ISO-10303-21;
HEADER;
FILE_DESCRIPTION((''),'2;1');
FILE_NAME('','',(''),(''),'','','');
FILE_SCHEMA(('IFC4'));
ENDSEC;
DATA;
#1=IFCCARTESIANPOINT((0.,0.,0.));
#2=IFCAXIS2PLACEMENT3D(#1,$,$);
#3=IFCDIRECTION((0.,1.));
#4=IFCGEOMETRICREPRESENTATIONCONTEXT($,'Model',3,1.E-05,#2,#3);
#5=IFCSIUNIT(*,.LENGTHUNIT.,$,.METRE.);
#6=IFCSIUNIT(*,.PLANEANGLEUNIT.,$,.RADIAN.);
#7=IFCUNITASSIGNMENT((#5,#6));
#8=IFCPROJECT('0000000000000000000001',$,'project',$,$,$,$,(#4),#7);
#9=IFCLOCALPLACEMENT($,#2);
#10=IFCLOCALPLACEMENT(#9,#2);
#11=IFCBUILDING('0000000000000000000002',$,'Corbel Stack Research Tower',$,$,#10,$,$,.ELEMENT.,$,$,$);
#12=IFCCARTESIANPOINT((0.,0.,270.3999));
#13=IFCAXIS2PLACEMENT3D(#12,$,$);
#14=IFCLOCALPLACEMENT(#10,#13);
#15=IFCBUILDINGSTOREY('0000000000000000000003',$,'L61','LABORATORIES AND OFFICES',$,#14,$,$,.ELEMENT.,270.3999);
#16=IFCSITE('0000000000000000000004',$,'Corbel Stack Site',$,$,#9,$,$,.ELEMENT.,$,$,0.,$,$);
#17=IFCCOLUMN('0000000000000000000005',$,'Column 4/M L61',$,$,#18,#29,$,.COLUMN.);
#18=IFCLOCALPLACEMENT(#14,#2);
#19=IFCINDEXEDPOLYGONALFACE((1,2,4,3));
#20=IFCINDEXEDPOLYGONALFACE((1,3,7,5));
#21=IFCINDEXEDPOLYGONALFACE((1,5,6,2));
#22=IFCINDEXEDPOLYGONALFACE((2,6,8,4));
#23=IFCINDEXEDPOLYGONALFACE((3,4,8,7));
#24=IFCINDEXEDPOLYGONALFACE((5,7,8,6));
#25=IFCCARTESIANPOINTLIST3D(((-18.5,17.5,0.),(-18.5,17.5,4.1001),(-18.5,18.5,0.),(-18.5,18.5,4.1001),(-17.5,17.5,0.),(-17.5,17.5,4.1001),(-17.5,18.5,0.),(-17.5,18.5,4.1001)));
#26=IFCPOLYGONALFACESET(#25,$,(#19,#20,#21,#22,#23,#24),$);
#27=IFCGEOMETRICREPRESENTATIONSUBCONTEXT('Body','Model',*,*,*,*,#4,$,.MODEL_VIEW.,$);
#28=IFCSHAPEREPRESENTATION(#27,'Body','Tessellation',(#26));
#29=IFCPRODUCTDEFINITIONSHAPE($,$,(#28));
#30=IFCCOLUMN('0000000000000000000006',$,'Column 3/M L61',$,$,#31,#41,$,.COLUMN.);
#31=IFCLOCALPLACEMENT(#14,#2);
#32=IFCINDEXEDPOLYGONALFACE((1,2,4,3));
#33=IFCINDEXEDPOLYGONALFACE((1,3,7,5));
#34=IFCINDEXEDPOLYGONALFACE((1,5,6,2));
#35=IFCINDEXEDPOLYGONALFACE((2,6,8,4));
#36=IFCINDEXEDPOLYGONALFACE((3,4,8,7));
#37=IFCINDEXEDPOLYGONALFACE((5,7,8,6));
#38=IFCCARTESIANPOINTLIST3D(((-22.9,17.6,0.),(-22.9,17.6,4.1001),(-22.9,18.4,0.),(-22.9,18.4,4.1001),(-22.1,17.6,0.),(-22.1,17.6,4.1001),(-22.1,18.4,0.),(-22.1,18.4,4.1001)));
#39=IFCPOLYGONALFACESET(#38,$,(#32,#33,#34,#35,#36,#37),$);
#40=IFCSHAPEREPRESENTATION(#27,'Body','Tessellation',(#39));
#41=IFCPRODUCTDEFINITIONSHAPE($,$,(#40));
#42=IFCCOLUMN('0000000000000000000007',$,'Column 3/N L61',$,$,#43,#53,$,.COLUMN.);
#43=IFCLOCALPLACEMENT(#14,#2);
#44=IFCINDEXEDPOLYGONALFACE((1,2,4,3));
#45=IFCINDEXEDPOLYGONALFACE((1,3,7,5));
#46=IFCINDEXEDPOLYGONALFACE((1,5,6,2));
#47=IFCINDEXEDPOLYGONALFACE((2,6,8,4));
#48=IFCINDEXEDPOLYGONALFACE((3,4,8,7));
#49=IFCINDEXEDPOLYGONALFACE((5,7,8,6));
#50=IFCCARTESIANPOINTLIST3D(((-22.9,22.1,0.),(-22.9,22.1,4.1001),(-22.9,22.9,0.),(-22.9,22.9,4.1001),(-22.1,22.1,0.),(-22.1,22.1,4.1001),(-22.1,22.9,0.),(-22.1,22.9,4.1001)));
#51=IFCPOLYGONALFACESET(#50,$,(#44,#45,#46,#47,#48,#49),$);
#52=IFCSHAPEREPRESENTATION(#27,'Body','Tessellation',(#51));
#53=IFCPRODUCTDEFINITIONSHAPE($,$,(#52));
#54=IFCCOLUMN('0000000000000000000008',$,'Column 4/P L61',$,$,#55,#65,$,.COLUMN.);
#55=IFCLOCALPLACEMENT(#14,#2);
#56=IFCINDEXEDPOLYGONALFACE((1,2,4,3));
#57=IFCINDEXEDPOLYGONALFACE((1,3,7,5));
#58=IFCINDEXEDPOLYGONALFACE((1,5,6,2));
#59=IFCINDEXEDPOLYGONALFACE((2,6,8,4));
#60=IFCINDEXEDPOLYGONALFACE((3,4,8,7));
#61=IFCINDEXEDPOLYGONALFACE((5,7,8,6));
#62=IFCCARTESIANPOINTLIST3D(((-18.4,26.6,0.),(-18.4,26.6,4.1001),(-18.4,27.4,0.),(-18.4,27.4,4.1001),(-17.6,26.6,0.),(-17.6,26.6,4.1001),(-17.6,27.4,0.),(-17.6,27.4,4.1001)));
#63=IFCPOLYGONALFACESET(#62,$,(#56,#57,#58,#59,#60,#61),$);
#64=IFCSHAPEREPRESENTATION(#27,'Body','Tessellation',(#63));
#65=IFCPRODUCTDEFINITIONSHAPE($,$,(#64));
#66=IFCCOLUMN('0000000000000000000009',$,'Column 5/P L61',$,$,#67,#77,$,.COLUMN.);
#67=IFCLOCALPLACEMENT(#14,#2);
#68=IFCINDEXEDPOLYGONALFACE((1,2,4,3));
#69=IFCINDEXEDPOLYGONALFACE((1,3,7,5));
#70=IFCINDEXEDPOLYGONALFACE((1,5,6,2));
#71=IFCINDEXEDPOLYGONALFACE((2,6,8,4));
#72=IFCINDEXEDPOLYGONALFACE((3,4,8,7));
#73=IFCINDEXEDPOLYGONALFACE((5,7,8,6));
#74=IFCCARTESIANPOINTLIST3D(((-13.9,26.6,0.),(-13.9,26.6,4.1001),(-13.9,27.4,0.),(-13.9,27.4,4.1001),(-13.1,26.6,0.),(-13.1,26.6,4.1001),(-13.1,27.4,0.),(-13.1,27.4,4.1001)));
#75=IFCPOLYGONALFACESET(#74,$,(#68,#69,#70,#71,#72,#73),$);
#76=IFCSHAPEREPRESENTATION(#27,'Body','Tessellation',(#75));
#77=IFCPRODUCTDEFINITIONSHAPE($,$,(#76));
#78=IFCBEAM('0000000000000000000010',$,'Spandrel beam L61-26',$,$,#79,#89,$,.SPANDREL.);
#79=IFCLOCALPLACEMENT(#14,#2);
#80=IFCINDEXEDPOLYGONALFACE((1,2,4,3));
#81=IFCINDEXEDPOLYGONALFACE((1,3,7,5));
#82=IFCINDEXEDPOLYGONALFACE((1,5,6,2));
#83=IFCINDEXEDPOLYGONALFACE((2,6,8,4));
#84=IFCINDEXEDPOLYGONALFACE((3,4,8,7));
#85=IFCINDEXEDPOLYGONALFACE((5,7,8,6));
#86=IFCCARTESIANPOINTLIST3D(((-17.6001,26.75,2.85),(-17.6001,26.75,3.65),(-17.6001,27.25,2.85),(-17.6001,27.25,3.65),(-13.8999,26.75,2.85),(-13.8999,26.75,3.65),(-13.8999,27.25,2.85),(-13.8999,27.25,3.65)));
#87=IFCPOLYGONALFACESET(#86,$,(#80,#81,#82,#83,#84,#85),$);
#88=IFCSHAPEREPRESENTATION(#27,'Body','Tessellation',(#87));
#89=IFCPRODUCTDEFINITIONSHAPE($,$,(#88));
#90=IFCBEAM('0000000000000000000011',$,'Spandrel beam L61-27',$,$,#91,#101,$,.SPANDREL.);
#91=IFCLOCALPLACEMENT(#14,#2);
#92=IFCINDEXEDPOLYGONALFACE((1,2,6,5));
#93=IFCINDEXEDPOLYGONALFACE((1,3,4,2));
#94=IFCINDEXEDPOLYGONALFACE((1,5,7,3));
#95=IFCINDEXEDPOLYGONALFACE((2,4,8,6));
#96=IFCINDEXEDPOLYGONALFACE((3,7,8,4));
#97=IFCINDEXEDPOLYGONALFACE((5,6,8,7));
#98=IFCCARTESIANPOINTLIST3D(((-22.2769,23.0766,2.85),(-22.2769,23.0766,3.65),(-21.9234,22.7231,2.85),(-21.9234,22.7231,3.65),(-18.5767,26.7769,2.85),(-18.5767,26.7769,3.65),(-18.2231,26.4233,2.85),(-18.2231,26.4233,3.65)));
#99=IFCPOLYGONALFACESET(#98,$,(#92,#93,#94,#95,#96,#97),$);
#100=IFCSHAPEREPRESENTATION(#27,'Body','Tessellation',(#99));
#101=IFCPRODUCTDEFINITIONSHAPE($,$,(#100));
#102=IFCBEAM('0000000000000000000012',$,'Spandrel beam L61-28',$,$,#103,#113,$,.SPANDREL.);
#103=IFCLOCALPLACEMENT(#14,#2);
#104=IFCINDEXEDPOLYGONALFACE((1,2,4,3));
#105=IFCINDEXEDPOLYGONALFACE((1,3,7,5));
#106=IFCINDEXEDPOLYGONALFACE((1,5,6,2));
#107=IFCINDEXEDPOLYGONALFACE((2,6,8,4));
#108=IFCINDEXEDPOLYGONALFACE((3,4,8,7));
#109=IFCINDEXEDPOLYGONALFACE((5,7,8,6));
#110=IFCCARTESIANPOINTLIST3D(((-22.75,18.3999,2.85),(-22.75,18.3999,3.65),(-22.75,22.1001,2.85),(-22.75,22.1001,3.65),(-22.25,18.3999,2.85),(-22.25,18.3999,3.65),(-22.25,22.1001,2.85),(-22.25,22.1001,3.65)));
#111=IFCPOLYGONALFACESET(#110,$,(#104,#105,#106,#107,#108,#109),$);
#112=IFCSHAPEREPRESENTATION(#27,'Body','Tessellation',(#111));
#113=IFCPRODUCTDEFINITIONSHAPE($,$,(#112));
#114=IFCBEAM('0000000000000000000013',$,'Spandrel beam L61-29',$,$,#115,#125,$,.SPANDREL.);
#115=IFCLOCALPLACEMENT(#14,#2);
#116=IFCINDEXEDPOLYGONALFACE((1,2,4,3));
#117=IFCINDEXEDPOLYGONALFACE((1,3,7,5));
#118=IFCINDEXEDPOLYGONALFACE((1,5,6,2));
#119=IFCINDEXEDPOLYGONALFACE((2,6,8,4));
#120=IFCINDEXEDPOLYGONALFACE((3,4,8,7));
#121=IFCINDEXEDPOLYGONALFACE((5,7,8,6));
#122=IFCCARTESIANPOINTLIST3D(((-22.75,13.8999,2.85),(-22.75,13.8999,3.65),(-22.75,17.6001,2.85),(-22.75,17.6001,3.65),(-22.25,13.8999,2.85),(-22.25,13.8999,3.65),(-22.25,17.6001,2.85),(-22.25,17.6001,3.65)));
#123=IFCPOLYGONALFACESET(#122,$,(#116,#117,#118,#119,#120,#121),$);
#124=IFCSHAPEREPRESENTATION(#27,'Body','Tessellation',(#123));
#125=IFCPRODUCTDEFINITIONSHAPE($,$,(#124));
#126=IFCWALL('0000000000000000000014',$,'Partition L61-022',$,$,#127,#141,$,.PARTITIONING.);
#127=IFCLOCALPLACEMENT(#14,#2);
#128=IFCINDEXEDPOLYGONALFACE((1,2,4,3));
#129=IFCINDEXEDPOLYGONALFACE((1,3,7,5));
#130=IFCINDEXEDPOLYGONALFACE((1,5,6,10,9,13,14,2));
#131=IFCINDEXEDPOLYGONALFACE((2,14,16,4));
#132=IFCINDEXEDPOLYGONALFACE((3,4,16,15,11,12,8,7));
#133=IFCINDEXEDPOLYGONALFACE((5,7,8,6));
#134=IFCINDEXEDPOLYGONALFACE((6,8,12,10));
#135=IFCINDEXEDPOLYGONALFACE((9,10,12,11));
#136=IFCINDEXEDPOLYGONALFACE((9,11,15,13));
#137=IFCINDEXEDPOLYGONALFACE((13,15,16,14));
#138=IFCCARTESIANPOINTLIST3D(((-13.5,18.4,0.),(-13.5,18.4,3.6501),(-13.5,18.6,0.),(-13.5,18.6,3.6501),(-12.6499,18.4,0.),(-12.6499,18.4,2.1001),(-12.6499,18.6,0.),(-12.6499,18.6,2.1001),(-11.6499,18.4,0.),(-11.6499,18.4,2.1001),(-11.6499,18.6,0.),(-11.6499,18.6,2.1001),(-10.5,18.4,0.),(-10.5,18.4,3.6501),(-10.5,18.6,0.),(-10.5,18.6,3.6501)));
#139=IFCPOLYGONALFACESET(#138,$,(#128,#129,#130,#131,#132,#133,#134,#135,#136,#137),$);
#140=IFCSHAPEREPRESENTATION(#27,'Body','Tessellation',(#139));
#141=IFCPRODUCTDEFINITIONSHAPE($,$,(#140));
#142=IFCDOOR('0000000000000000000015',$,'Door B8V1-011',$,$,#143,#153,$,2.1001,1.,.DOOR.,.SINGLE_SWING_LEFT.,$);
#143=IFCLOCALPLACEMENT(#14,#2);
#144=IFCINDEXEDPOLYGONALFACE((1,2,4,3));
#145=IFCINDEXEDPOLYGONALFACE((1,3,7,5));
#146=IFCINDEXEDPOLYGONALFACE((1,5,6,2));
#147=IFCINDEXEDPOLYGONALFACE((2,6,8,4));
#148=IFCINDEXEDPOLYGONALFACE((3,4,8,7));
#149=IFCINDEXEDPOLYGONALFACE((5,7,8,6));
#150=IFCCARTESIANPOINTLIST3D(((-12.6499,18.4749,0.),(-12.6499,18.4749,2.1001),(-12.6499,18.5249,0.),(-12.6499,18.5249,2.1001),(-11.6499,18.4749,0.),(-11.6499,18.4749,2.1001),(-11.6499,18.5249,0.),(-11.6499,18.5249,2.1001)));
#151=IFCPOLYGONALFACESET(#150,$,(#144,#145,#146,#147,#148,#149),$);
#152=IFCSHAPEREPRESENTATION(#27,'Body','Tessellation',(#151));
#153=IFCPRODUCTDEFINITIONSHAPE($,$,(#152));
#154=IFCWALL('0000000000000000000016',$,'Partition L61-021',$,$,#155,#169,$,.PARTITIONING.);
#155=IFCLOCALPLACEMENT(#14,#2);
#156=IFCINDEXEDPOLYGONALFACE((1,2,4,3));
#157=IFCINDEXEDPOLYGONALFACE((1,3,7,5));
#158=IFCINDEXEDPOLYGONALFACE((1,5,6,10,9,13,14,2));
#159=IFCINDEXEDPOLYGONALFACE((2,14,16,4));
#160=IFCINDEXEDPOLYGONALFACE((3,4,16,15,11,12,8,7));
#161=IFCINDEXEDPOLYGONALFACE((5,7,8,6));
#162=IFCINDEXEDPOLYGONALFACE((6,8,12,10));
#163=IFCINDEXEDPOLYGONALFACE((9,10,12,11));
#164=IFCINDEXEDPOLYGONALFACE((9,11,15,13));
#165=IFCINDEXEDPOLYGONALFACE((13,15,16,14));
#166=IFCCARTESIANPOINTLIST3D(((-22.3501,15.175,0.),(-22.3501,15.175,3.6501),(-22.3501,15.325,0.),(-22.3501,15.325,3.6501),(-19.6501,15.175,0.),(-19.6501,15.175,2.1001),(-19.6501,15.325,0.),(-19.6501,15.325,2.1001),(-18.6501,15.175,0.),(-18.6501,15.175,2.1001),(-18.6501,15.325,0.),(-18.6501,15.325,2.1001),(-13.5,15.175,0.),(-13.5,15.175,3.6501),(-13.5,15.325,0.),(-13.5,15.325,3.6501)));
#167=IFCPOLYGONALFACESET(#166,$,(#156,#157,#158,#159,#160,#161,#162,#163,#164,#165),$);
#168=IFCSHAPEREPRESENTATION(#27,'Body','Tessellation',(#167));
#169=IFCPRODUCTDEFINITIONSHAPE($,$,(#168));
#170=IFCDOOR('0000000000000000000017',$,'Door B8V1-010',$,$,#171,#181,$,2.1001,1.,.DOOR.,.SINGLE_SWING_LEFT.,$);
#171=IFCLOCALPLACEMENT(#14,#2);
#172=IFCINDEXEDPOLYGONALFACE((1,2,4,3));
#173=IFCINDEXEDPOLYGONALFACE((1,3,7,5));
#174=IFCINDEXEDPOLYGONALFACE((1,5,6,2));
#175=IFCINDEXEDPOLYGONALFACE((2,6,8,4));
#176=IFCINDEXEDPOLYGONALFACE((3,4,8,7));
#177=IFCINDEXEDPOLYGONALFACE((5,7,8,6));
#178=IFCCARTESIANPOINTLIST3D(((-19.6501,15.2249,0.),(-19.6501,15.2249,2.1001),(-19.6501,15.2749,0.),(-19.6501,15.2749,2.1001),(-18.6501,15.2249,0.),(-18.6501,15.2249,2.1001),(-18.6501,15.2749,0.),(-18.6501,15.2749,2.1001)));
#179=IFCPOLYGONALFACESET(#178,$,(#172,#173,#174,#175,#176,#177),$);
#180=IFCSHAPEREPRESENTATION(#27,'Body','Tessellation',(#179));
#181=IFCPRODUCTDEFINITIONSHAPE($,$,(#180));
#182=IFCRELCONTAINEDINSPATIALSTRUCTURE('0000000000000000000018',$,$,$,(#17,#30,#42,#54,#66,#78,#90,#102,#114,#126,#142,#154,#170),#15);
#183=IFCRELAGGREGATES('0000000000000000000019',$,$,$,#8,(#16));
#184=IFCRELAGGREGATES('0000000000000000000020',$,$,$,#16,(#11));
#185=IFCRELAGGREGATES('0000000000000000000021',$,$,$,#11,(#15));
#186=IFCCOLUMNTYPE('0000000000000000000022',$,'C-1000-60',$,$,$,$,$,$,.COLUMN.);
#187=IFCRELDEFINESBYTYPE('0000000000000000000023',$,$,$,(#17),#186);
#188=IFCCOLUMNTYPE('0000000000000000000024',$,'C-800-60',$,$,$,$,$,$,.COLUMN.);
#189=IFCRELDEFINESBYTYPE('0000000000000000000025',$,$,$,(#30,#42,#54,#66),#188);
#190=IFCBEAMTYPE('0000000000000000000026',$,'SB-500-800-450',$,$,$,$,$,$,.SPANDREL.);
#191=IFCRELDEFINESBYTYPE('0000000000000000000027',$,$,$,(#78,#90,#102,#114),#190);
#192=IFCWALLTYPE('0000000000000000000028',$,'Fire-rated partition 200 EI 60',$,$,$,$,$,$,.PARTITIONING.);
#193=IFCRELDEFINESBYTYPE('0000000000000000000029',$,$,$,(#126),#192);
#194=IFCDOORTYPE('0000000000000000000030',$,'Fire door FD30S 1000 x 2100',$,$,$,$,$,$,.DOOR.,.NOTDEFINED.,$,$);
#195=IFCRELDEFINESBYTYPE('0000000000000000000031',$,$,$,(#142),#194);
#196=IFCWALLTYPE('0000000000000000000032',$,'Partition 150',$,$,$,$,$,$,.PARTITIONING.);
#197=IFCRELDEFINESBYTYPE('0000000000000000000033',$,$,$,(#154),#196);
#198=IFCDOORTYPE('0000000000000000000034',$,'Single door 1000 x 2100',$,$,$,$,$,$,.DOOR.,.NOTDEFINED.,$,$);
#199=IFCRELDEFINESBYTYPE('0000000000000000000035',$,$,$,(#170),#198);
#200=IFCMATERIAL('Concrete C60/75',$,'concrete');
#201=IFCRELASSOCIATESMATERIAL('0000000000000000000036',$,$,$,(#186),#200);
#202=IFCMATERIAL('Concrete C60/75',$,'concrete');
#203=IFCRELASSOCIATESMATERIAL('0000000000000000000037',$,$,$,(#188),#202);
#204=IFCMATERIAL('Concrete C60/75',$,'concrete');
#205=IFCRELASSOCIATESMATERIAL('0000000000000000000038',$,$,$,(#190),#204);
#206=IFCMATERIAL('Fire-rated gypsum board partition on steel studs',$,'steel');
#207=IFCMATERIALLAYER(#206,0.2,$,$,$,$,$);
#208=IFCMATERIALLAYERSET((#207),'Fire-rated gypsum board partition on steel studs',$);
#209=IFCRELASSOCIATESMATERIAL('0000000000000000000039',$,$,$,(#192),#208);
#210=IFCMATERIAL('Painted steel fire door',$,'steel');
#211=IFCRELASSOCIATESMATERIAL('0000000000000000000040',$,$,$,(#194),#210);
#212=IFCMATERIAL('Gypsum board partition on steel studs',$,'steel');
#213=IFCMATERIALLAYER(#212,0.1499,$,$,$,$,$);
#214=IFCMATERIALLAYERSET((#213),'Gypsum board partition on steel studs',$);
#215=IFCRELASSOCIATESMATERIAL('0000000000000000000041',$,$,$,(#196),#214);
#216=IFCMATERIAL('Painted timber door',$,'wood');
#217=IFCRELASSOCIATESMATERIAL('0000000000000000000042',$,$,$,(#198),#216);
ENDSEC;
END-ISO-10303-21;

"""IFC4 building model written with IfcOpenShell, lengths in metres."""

from ifc_helpers import new_model, si_unit, direction, frame, frame_2d, origin, origin_2d, place, context, subcontext, project, spatial, rectangle, extrude, material, layer, layer_set, material_profile, profile_set, type_object, element, fill, save


model = new_model("IFC4")

# Units and contexts
model_context = context("Model", 3, precision=1e-05, world=origin(), true_north=direction((0.0, 1.0)))
body_context = subcontext(model_context, "Body", "Model", "MODEL_VIEW")
ifc_project = project(units=[si_unit("LENGTHUNIT", "METRE"), si_unit("PLANEANGLEUNIT", "RADIAN")], contexts=[model_context])

# Site, building, storey
site_placement = place(None, origin())
site = spatial("IfcSite", under=ifc_project, at=site_placement, Name="Corbel Stack Site", CompositionType="ELEMENT", RefElevation=0.0)
building_placement = place(site_placement, origin())
building = spatial("IfcBuilding", under=site, at=building_placement, Name="Corbel Stack Research Tower", CompositionType="ELEMENT")
storey_placement = place(building_placement, frame((0.0, 0.0, 270.3999)))
storey = spatial("IfcBuildingStorey", under=building, at=storey_placement, Name="L61", Description="LABORATORIES AND OFFICES", CompositionType="ELEMENT", Elevation=270.3999)

# Columns
ifc_material_1 = material(Name="Concrete C60/75", Category="concrete")
ifc_material_profile_1 = material_profile(ifc_material_1, rectangle(XDim=1.0, YDim=1.0, at=origin_2d()), Name="RC 1000 x 1000")
ifc_profile_set_1 = profile_set([ifc_material_profile_1], Name="Concrete C60/75")
column_type_1 = type_object("IfcColumnType", Name="C-1000-60", PredefinedType="COLUMN", material=ifc_profile_set_1)
column_placement = place(storey_placement, frame((-18.0, 18.0, 0.0), z_axis=(0.0, 0.0, 1.0), x_axis=(1.0, 0.0, 0.0)))
element("IfcColumn", 1, at=column_placement, inside=storey, type_object=column_type_1, Name="Column 4/M L61", PredefinedType="COLUMN", context=body_context, shape_type="SweptSolid", body=[
    extrude(rectangle(XDim=1.0, YDim=1.0, at=origin_2d()), origin(), (0.0, 0.0, 1.0), 4.1001),
])
ifc_material_2 = material(Name="Concrete C60/75", Category="concrete")
ifc_material_profile_2 = material_profile(ifc_material_2, rectangle(XDim=0.8, YDim=0.8, at=origin_2d()), Name="RC 800 x 800")
ifc_profile_set_2 = profile_set([ifc_material_profile_2], Name="Concrete C60/75")
column_type_2 = type_object("IfcColumnType", Name="C-800-60", PredefinedType="COLUMN", material=ifc_profile_set_2)
for number, where, z_axis, x_axis, name in (
    (2, (-22.5, 18.0, 0.0), (0.0, 0.0, 1.0), (1.0, 0.0, 0.0), "Column 3/M L61"),
    (3, (-22.5, 22.5, 0.0), (0.0, 0.0, 1.0), (1.0, 0.0, 0.0), "Column 3/N L61"),
    (4, (-18.0, 27.0, 0.0), (0.0, 0.0, 1.0), (1.0, 0.0, 0.0), "Column 4/P L61"),
    (5, (-13.5, 27.0, 0.0), (0.0, 0.0, 1.0), (1.0, 0.0, 0.0), "Column 5/P L61"),
):
    element("IfcColumn", number, at=place(storey_placement, frame(where, z_axis=z_axis, x_axis=x_axis)), inside=storey, type_object=column_type_2, Name=name, PredefinedType="COLUMN", context=body_context, shape_type="SweptSolid", body=[
        extrude(rectangle(XDim=0.8, YDim=0.8, at=origin_2d()), origin(), (0.0, 0.0, 1.0), 4.1001),
    ])

# Beams
ifc_material_3 = material(Name="Concrete C60/75", Category="concrete")
ifc_material_profile_3 = material_profile(ifc_material_3, rectangle(XDim=0.5, YDim=0.8, at=origin_2d()), Name="RC 500 x 800")
ifc_profile_set_3 = profile_set([ifc_material_profile_3], Name="Concrete C60/75")
beam_type = type_object("IfcBeamType", Name="SB-500-800-450", PredefinedType="SPANDREL", material=ifc_profile_set_3)
beam_1_placement = place(storey_placement, frame((-13.8999, 27.0, 3.25), z_axis=(-1.0, 0.0, 0.0), x_axis=(0.0, -1.0, 0.0)))
element("IfcBeam", 6, at=beam_1_placement, inside=storey, type_object=beam_type, Name="Spandrel beam L61-26", PredefinedType="SPANDREL", context=body_context, shape_type="SweptSolid", body=[
    extrude(rectangle(XDim=0.5, YDim=0.8, at=origin_2d()), origin(), (0.0, 0.0, 1.0), 3.7002),
])
beam_2_placement = place(storey_placement, frame((-18.3999, 26.6001, 3.25), z_axis=(-0.707107, -0.707107, 0.0), x_axis=(0.707107, -0.707107, 0.0)))
element("IfcBeam", 7, at=beam_2_placement, inside=storey, type_object=beam_type, Name="Spandrel beam L61-27", PredefinedType="SPANDREL", context=body_context, shape_type="SweptSolid", body=[
    extrude(rectangle(XDim=0.5, YDim=0.8, at=origin_2d()), origin(), (0.0, 0.0, 1.0), 5.2329),
])
for number, where, z_axis, x_axis, name in (
    (8, (-22.5, 22.1001, 3.25), (0.0, -1.0, 0.0), (1.0, 0.0, 0.0), "Spandrel beam L61-28"),
    (9, (-22.5, 17.6001, 3.25), (0.0, -1.0, 0.0), (1.0, 0.0, 0.0), "Spandrel beam L61-29"),
):
    element("IfcBeam", number, at=place(storey_placement, frame(where, z_axis=z_axis, x_axis=x_axis)), inside=storey, type_object=beam_type, Name=name, PredefinedType="SPANDREL", context=body_context, shape_type="SweptSolid", body=[
        extrude(rectangle(XDim=0.5, YDim=0.8, at=origin_2d()), origin(), (0.0, 0.0, 1.0), 3.7002),
    ])

# Walls, openings, doors
ifc_material_4 = material(Name="Fire-rated gypsum board partition on steel studs", Category="steel")
ifc_layer_1 = layer(ifc_material_4, 0.2)
ifc_layer_set_1 = layer_set([ifc_layer_1], Name="Fire-rated gypsum board partition on steel studs")
wall_type_1 = type_object("IfcWallType", Name="Fire-rated partition 200 EI 60", PredefinedType="PARTITIONING", material=ifc_layer_set_1)
wall_1_placement = place(storey_placement, frame((-13.5, 18.5, 0.0), z_axis=(0.0, 0.0, 1.0), x_axis=(1.0, 0.0, 0.0)))
wall_1 = element("IfcWall", 10, at=wall_1_placement, inside=storey, type_object=wall_type_1, Name="Partition L61-022", PredefinedType="PARTITIONING", context=body_context, shape_type="SweptSolid", body=[
    extrude(rectangle(XDim=3.0, YDim=0.2, at=frame_2d((1.5, 0.0))), origin(), (0.0, 0.0, 1.0), 3.6501),
])
opening_1_placement = place(wall_1_placement, frame((0.8501, 0.0, 0.0)))
opening_1 = element("IfcOpeningElement", 11, at=opening_1_placement, cuts=wall_1, PredefinedType="OPENING", context=body_context, shape_type="SweptSolid", body=[
    extrude(rectangle(XDim=1.0, YDim=2.1001, at=frame_2d((0.5, 1.05))), frame((0.0, 0.1099, 0.0), z_axis=(0.0, -1.0, 0.0), x_axis=(1.0, 0.0, 0.0)), (0.0, 0.0, 1.0), 0.22),
])
ifc_material_5 = material(Name="Painted steel fire door", Category="steel")
door_type_1 = type_object("IfcDoorType", Name="Fire door FD30S 1000 x 2100", OperationType="NOTDEFINED", PredefinedType="DOOR", material=ifc_material_5)
door_1_placement = place(opening_1_placement, origin())
door_1 = element("IfcDoor", 12, at=door_1_placement, inside=storey, type_object=door_type_1, Name="Door B8V1-011", OperationType="SINGLE_SWING_LEFT", OverallHeight=2.1001, OverallWidth=1.0, PredefinedType="DOOR", context=body_context, shape_type="SweptSolid", body=[
    extrude(rectangle(XDim=1.0, YDim=2.1001, at=frame_2d((0.5, 1.05))), frame((0.0, 0.0249, 0.0), z_axis=(0.0, -1.0, 0.0), x_axis=(1.0, 0.0, 0.0)), (0.0, 0.0, 1.0), 0.05),
])
fill(opening_1, door_1)
ifc_material_6 = material(Name="Gypsum board partition on steel studs", Category="steel")
ifc_layer_2 = layer(ifc_material_6, 0.1499)
ifc_layer_set_2 = layer_set([ifc_layer_2], Name="Gypsum board partition on steel studs")
wall_type_2 = type_object("IfcWallType", Name="Partition 150", PredefinedType="PARTITIONING", material=ifc_layer_set_2)
wall_2_placement = place(storey_placement, frame((-22.3501, 15.25, 0.0), z_axis=(0.0, 0.0, 1.0), x_axis=(1.0, 0.0, 0.0)))
wall_2 = element("IfcWall", 13, at=wall_2_placement, inside=storey, type_object=wall_type_2, Name="Partition L61-021", PredefinedType="PARTITIONING", context=body_context, shape_type="SweptSolid", body=[
    extrude(rectangle(XDim=8.8501, YDim=0.1499, at=frame_2d((4.425, 0.0))), origin(), (0.0, 0.0, 1.0), 3.6501),
])
opening_2_placement = place(wall_2_placement, frame((2.7, 0.0, 0.0)))
opening_2 = element("IfcOpeningElement", 14, at=opening_2_placement, cuts=wall_2, PredefinedType="OPENING", context=body_context, shape_type="SweptSolid", body=[
    extrude(rectangle(XDim=1.0, YDim=2.1001, at=frame_2d((0.5, 1.05))), frame((0.0, 0.085, 0.0), z_axis=(0.0, -1.0, 0.0), x_axis=(1.0, 0.0, 0.0)), (0.0, 0.0, 1.0), 0.1699),
])
ifc_material_7 = material(Name="Painted timber door", Category="wood")
door_type_2 = type_object("IfcDoorType", Name="Single door 1000 x 2100", OperationType="NOTDEFINED", PredefinedType="DOOR", material=ifc_material_7)
door_2_placement = place(opening_2_placement, origin())
door_2 = element("IfcDoor", 15, at=door_2_placement, inside=storey, type_object=door_type_2, Name="Door B8V1-010", OperationType="SINGLE_SWING_LEFT", OverallHeight=2.1001, OverallWidth=1.0, PredefinedType="DOOR", context=body_context, shape_type="SweptSolid", body=[
    extrude(rectangle(XDim=1.0, YDim=2.1001, at=frame_2d((0.5, 1.05))), frame((0.0, 0.0249, 0.0), z_axis=(0.0, -1.0, 0.0), x_axis=(1.0, 0.0, 0.0)), (0.0, 0.0, 1.0), 0.05),
])
fill(opening_2, door_2)

save(model, "model.ifc")
